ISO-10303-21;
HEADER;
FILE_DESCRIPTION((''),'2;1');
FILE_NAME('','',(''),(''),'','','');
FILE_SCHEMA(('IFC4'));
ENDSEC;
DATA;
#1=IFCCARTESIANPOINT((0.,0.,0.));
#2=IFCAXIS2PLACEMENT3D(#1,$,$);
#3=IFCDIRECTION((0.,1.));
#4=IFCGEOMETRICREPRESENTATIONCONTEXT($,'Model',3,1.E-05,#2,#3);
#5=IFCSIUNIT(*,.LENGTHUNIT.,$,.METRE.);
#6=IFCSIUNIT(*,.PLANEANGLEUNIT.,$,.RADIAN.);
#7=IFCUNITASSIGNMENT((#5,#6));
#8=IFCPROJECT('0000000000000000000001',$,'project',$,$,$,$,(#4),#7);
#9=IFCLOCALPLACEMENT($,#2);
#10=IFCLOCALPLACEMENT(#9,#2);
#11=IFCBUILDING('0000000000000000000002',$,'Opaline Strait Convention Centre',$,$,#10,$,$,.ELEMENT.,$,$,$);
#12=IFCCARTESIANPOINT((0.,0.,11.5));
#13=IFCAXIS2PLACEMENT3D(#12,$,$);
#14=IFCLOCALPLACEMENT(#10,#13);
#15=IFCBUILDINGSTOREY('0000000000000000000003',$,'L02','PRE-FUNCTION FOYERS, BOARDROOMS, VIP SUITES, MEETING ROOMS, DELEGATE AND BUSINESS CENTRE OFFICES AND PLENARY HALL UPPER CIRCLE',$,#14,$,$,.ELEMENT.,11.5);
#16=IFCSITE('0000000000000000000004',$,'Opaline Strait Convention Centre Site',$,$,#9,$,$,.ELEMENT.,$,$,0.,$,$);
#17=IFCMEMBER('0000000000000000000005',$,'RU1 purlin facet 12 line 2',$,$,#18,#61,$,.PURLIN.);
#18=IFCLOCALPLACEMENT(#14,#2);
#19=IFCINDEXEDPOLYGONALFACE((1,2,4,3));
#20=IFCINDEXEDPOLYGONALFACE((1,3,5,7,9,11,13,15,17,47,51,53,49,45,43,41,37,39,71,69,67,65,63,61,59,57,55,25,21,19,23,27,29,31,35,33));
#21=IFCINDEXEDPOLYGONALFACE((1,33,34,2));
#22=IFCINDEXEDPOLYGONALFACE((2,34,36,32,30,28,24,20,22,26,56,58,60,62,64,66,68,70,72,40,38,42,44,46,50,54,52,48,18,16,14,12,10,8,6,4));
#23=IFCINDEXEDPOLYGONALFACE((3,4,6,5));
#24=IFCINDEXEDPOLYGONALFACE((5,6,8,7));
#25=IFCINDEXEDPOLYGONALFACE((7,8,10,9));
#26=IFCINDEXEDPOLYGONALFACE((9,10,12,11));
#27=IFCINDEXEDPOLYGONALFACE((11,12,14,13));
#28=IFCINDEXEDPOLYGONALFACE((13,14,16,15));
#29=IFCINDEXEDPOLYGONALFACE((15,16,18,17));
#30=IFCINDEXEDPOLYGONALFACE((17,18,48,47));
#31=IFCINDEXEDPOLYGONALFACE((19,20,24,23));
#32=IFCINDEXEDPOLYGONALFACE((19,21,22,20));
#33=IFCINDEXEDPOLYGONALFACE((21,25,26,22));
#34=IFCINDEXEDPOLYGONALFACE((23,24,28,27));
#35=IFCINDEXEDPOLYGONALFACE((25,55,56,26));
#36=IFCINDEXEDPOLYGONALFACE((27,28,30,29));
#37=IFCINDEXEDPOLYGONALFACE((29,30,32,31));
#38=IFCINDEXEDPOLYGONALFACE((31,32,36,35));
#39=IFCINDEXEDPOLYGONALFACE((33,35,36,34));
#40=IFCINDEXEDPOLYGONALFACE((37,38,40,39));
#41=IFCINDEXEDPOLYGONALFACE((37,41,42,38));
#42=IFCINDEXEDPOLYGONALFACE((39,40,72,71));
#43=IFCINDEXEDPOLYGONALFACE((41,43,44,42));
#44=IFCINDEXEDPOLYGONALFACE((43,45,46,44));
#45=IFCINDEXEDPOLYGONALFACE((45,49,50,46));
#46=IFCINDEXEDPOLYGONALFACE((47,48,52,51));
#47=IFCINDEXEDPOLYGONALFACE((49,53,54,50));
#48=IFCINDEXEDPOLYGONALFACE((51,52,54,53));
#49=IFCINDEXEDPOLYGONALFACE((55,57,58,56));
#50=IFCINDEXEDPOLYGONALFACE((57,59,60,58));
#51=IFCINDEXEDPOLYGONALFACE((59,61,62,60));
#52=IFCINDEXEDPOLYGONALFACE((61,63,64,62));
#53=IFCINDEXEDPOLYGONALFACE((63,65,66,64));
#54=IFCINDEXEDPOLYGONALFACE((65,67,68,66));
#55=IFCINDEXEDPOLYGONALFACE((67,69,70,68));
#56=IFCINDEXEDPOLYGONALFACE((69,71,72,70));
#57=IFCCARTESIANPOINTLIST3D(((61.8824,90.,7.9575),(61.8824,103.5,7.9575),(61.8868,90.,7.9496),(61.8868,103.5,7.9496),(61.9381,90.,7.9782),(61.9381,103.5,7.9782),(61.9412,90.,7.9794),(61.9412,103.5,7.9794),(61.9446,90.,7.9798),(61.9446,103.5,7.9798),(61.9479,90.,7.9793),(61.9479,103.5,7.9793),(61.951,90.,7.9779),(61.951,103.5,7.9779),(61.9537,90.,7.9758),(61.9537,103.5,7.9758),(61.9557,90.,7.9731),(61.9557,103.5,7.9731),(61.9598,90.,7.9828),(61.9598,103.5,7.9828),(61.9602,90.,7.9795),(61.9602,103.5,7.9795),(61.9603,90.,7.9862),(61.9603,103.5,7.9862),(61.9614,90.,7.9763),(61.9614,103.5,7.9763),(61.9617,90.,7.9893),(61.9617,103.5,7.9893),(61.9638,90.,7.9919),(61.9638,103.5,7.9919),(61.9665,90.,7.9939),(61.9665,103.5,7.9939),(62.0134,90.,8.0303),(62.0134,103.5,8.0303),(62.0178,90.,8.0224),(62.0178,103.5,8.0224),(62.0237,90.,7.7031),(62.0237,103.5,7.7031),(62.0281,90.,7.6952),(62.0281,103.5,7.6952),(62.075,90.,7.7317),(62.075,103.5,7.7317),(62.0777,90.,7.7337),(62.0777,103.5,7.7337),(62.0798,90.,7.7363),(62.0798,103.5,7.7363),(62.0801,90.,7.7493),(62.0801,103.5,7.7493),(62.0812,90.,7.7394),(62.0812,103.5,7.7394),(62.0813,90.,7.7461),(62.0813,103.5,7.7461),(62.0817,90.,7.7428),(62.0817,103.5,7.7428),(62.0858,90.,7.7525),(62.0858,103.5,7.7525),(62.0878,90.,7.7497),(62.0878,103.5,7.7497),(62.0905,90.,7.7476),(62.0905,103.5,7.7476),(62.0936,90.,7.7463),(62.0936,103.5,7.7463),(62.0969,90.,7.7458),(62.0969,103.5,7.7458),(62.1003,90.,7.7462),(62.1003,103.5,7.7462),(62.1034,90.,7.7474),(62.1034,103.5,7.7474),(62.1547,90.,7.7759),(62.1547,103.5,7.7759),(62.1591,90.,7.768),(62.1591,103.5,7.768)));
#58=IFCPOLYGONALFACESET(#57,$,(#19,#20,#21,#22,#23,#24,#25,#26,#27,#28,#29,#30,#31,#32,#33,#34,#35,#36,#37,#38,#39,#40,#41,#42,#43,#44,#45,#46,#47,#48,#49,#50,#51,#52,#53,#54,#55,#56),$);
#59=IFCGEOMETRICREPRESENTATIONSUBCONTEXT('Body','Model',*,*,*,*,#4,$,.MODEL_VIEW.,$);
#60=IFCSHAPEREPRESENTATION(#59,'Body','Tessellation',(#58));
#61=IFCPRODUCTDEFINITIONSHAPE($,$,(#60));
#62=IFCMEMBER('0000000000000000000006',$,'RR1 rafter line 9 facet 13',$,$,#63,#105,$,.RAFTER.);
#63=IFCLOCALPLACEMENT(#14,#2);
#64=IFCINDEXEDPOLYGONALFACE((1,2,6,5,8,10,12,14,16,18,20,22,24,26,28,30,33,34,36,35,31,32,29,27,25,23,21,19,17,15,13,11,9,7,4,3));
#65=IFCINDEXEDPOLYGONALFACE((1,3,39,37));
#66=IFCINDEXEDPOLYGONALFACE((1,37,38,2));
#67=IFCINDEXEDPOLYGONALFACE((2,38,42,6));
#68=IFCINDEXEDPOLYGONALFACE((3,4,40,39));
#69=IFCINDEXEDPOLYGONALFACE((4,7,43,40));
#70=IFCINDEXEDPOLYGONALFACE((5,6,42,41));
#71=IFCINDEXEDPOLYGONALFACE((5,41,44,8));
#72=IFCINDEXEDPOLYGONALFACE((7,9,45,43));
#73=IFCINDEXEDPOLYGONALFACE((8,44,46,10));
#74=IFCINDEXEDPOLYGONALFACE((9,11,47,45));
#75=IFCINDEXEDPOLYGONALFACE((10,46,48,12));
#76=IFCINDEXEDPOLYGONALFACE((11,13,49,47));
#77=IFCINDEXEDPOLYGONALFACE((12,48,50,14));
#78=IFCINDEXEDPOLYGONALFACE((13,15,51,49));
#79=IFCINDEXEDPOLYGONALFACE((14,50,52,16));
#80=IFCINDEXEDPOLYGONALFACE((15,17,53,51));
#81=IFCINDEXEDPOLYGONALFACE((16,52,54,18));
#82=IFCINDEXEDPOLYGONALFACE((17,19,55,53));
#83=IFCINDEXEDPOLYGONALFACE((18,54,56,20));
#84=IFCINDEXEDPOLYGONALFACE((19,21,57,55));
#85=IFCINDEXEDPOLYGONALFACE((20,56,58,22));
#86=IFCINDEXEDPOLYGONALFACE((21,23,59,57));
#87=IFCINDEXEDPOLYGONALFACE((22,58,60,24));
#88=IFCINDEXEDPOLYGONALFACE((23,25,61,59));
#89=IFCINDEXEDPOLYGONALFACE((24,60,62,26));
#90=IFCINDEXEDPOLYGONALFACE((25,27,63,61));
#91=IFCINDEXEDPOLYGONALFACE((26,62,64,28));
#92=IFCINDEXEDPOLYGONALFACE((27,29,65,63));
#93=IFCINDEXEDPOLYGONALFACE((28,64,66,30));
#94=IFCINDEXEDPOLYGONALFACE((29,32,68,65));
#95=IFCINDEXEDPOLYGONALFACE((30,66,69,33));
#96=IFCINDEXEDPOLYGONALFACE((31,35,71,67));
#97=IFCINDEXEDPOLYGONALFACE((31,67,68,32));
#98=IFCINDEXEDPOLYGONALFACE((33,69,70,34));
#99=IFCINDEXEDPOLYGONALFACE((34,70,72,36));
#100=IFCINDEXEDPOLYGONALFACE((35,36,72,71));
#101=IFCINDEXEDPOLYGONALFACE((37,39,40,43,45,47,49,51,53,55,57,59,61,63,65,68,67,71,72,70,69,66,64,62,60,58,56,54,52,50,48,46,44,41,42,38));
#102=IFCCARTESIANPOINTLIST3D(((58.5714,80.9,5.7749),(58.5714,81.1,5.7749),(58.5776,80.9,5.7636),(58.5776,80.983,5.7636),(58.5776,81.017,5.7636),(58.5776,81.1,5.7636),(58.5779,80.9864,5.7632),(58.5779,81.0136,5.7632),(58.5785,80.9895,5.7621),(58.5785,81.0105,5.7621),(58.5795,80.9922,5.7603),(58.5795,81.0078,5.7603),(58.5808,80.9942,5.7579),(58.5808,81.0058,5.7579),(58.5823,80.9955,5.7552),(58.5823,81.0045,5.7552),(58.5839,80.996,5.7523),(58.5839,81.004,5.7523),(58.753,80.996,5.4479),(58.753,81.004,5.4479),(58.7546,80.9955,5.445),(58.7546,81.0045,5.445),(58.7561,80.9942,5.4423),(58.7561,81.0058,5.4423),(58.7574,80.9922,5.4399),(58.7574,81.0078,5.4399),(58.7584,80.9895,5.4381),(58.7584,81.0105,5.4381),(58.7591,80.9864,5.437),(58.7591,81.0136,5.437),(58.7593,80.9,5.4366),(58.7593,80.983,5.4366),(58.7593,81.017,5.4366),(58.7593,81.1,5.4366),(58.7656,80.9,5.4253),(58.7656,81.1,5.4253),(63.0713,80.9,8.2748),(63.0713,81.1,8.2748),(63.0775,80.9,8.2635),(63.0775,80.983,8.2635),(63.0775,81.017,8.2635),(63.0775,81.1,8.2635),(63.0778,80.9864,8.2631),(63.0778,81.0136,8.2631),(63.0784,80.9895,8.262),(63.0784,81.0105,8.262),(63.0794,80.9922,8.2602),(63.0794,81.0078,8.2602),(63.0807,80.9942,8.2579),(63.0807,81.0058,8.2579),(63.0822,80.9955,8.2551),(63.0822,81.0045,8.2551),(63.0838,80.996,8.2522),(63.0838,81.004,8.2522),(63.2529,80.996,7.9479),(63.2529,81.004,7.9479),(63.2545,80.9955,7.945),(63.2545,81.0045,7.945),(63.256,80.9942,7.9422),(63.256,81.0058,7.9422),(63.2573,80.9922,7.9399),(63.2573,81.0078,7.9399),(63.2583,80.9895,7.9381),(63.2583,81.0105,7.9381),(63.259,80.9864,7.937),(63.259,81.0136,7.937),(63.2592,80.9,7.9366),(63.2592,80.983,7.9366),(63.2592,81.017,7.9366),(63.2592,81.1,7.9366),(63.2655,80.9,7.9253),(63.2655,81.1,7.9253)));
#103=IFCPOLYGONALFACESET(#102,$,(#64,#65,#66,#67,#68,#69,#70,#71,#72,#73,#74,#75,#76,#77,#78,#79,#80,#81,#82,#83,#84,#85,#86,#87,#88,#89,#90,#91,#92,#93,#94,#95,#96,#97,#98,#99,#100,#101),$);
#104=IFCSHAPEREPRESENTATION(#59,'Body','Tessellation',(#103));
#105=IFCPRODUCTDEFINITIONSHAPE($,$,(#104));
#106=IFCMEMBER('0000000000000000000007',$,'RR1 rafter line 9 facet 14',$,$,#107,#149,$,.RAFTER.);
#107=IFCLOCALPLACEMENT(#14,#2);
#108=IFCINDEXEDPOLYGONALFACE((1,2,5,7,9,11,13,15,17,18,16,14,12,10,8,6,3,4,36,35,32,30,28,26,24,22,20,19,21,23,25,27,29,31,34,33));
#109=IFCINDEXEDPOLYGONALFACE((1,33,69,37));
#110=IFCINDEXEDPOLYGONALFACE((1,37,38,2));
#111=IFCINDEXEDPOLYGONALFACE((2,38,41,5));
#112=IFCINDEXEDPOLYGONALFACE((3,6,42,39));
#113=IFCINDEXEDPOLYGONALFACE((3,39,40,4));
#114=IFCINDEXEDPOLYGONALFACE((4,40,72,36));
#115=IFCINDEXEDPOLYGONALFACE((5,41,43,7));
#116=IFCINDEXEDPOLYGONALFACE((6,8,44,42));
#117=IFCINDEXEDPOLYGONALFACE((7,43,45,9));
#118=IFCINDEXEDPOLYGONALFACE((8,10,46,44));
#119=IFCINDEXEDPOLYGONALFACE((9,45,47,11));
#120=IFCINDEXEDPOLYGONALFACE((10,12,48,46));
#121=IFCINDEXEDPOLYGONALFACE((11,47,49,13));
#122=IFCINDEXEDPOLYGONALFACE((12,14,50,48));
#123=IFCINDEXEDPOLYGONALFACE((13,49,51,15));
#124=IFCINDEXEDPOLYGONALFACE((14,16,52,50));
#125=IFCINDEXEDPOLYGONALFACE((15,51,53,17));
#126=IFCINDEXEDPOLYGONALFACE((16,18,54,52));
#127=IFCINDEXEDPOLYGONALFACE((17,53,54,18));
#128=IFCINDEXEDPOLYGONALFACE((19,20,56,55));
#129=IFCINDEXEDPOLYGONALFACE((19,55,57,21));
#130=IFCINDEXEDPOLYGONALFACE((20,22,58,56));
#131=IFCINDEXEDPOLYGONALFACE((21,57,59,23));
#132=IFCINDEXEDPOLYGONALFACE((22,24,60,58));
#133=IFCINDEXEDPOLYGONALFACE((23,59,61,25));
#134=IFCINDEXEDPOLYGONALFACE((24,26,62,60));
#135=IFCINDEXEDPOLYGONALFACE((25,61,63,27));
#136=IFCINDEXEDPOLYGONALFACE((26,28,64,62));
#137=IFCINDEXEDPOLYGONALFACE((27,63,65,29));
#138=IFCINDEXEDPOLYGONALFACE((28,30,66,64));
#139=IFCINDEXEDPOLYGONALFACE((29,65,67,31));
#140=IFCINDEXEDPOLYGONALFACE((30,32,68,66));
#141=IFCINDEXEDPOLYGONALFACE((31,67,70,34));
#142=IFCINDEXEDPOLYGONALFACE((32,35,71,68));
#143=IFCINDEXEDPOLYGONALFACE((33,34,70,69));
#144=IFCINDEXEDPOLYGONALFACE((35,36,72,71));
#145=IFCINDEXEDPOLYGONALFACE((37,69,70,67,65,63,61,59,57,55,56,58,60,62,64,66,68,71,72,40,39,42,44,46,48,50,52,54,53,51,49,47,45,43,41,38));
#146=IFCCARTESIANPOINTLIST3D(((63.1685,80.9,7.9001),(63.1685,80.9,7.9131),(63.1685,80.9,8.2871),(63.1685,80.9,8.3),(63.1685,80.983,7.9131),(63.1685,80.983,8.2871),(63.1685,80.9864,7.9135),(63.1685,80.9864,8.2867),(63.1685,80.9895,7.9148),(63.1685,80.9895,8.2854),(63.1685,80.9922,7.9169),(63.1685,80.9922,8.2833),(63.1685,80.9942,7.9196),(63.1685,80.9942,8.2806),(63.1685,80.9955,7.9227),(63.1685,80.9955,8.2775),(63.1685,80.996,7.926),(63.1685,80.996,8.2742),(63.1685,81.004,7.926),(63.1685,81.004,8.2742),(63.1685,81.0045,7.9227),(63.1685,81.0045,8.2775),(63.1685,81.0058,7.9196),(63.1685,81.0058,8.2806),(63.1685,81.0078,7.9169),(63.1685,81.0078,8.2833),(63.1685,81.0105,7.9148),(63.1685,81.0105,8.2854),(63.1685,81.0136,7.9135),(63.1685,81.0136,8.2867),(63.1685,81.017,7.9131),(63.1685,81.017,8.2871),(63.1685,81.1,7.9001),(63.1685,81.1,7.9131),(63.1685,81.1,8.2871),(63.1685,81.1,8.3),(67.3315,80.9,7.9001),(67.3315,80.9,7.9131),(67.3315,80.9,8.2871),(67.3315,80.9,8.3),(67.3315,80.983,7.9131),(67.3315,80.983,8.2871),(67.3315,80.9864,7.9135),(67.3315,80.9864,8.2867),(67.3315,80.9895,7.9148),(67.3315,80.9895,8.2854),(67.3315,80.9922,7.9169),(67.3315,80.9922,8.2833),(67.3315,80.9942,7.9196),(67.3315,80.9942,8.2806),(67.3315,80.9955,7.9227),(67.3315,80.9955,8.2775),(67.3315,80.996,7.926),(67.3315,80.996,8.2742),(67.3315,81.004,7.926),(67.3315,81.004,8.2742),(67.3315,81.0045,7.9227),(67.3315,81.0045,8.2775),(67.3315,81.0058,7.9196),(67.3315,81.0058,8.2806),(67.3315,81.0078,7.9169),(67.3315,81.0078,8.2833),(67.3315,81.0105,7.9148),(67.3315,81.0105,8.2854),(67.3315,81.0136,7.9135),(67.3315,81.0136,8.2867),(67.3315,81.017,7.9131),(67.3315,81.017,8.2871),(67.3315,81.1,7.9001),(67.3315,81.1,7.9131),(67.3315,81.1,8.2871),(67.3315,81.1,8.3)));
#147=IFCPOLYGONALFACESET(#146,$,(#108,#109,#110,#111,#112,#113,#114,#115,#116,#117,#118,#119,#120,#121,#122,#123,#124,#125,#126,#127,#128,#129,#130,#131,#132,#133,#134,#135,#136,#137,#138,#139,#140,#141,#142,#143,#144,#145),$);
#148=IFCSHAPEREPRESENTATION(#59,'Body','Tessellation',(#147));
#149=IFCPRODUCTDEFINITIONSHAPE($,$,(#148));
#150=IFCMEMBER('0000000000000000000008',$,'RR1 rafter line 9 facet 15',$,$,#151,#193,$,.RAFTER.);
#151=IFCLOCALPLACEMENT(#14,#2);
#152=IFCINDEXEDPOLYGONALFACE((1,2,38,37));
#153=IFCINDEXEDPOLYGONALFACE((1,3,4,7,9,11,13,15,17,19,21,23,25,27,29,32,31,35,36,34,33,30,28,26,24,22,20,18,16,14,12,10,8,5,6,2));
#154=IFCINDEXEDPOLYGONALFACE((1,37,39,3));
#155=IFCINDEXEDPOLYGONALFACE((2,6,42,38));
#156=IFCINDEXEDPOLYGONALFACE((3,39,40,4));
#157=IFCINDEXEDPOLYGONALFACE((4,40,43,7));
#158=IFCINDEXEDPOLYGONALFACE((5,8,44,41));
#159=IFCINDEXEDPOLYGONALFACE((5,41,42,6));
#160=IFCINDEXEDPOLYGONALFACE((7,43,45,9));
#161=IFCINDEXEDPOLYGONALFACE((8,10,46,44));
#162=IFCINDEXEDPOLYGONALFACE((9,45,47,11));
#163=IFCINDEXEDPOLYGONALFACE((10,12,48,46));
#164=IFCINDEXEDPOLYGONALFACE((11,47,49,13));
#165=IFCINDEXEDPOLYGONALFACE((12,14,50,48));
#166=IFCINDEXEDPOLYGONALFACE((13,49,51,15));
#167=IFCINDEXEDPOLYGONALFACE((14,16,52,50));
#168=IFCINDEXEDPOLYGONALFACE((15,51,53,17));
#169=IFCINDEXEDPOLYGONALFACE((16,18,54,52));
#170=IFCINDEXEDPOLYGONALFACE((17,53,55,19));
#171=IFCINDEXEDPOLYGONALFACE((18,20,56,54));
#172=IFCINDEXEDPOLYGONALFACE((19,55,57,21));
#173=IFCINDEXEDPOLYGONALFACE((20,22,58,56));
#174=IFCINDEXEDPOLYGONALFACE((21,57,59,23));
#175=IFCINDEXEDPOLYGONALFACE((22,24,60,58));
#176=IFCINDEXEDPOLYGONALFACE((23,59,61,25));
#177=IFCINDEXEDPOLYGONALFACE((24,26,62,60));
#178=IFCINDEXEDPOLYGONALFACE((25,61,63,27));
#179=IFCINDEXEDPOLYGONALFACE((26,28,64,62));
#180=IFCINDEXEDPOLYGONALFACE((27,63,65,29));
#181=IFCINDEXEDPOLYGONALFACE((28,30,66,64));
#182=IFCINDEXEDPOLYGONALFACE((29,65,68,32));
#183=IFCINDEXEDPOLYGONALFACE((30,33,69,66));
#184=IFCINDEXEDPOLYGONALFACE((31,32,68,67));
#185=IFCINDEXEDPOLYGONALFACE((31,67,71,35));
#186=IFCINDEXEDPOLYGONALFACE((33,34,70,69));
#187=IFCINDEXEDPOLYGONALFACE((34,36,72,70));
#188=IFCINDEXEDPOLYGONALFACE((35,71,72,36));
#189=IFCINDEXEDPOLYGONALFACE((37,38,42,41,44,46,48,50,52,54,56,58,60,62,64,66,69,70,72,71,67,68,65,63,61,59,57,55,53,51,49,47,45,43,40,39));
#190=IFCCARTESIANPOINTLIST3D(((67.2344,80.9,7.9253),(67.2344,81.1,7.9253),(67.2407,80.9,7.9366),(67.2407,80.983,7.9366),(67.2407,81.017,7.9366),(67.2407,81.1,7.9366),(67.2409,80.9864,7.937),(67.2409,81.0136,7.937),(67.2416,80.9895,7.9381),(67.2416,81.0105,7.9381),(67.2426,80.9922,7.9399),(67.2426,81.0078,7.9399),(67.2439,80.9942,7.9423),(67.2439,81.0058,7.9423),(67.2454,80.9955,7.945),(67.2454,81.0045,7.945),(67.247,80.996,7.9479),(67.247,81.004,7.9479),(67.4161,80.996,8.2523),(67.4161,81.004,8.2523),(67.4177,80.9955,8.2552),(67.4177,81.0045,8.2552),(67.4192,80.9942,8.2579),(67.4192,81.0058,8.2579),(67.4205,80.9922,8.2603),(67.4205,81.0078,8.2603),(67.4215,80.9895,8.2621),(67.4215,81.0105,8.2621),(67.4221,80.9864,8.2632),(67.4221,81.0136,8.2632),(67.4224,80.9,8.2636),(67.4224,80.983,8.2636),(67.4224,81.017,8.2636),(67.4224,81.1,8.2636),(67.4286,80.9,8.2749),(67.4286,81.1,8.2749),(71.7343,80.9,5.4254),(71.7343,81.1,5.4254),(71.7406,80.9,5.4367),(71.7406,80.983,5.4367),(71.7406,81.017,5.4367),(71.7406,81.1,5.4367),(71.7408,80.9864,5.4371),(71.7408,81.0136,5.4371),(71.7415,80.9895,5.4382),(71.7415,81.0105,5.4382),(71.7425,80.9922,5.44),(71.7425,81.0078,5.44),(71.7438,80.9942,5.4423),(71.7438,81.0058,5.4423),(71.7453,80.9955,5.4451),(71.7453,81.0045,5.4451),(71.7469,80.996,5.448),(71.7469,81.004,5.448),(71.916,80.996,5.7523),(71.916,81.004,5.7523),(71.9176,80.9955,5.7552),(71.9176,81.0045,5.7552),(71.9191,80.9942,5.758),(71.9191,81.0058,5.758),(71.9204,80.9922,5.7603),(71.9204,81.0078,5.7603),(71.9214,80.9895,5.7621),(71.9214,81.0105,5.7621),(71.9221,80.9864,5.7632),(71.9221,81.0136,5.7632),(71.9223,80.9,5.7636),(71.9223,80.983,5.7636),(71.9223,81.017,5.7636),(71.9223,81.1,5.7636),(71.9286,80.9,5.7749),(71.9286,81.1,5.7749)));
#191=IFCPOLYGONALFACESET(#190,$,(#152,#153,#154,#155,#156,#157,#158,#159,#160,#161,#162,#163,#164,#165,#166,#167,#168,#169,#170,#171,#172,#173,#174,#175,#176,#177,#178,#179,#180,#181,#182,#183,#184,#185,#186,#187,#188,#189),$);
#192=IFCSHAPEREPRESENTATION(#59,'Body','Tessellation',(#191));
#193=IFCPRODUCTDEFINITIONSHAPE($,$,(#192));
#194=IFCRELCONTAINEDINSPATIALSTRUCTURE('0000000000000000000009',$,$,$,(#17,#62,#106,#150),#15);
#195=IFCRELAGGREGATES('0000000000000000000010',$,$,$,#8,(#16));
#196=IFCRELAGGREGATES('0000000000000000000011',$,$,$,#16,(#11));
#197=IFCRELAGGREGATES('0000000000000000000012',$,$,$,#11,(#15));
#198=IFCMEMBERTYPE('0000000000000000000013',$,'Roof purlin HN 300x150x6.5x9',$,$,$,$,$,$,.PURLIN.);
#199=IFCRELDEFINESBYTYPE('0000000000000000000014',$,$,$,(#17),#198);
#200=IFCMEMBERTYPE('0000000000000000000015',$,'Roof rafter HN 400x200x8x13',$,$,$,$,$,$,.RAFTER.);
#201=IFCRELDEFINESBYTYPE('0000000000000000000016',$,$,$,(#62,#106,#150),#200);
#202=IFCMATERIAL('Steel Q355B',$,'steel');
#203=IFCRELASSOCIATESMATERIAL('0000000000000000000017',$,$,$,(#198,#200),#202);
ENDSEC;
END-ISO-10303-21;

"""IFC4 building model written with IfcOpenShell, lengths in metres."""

from ifc_helpers import new_model, si_unit, direction, frame, origin, origin_2d, place, context, subcontext, project, spatial, i_section, extrude, material, material_profile, profile_set, type_object, element, save


model = new_model("IFC4")

# Units and contexts
model_context = context("Model", 3, precision=1e-05, world=origin(), true_north=direction((0.0, 1.0)))
body_context = subcontext(model_context, "Body", "Model", "MODEL_VIEW")
ifc_project = project(units=[si_unit("LENGTHUNIT", "METRE"), si_unit("PLANEANGLEUNIT", "RADIAN")], contexts=[model_context])

# Site, building, storey
site_placement = place(None, origin())
site = spatial("IfcSite", under=ifc_project, at=site_placement, Name="Opaline Strait Convention Centre Site", CompositionType="ELEMENT", RefElevation=0.0)
building_placement = place(site_placement, origin())
building = spatial("IfcBuilding", under=site, at=building_placement, Name="Opaline Strait Convention Centre", CompositionType="ELEMENT")
storey_placement = place(building_placement, frame((0.0, 0.0, 11.5)))
storey = spatial("IfcBuildingStorey", under=building, at=storey_placement, Name="L02", Description="PRE-FUNCTION FOYERS, BOARDROOMS, VIP SUITES, MEETING ROOMS, DELEGATE AND BUSINESS CENTRE OFFICES AND PLENARY HALL UPPER CIRCLE", CompositionType="ELEMENT", Elevation=11.5)

# Shared definitions
ifc_material_1 = material(Name="Steel Q355B", Category="steel")

# Members
ifc_material_profile_1 = material_profile(ifc_material_1, i_section(OverallWidth=0.1499, OverallDepth=0.3, WebThickness=0.0066, FlangeThickness=0.009, FilletRadius=0.0129, at=origin_2d()), Name="HN 300x150x6.5x9")
ifc_profile_set_1 = profile_set([ifc_material_profile_1], Name="Steel Q355B")
member_type_1 = type_object("IfcMemberType", Name="Roof purlin HN 300x150x6.5x9", PredefinedType="PURLIN", material=ifc_profile_set_1)
member_1_placement = place(storey_placement, frame((62.0208, 90.0, 7.8628), z_axis=(0.0, 1.0, 0.0), x_axis=(-0.874157, 0.0, -0.485643)))
element("IfcMember", 1, at=member_1_placement, inside=storey, type_object=member_type_1, Name="RU1 purlin facet 12 line 2", PredefinedType="PURLIN", context=body_context, shape_type="SweptSolid", body=[
    extrude(i_section(OverallWidth=0.1499, OverallDepth=0.3, WebThickness=0.0066, FlangeThickness=0.009, FilletRadius=0.0129, at=origin_2d()), origin(), (0.0, 0.0, 1.0), 13.5),
])
ifc_material_profile_2 = material_profile(ifc_material_1, i_section(OverallWidth=0.2, OverallDepth=0.3999, WebThickness=0.0081, FlangeThickness=0.0129, FilletRadius=0.0129, at=origin_2d()), Name="HN 400x200x8x13")
ifc_profile_set_2 = profile_set([ifc_material_profile_2], Name="Steel Q355B")
member_type_2 = type_object("IfcMemberType", Name="Roof rafter HN 400x200x8x13", PredefinedType="RAFTER", material=ifc_profile_set_2)
member_2_placement = place(storey_placement, frame((58.6685, 81.0, 5.6001), z_axis=(0.874157, 0.0, 0.485643), x_axis=(0.0, 1.0, 0.0)))
element("IfcMember", 2, at=member_2_placement, inside=storey, type_object=member_type_2, Name="RR1 rafter line 9 facet 13", PredefinedType="RAFTER", context=body_context, shape_type="SweptSolid", body=[
    extrude(i_section(OverallWidth=0.2, OverallDepth=0.3999, WebThickness=0.0081, FlangeThickness=0.0129, FilletRadius=0.0129, at=origin_2d()), origin(), (0.0, 0.0, 1.0), 5.1477),
])
member_3_placement = place(storey_placement, frame((63.1685, 81.0, 8.1001), z_axis=(1.0, 0.0, 0.0), x_axis=(0.0, 1.0, 0.0)))
element("IfcMember", 3, at=member_3_placement, inside=storey, type_object=member_type_2, Name="RR1 rafter line 9 facet 14", PredefinedType="RAFTER", context=body_context, shape_type="SweptSolid", body=[
    extrude(i_section(OverallWidth=0.2, OverallDepth=0.3999, WebThickness=0.0081, FlangeThickness=0.0129, FilletRadius=0.0129, at=origin_2d()), origin(), (0.0, 0.0, 1.0), 4.1631),
])
for number, where, z_axis, x_axis, name in (
    (4, (67.3315, 81.0, 8.1001), (0.874157, 0.0, -0.485643), (0.0, 1.0, 0.0), "RR1 rafter line 9 facet 15"),
):
    element("IfcMember", number, at=place(storey_placement, frame(where, z_axis=z_axis, x_axis=x_axis)), inside=storey, type_object=member_type_2, Name=name, PredefinedType="RAFTER", context=body_context, shape_type="SweptSolid", body=[
        extrude(i_section(OverallWidth=0.2, OverallDepth=0.3999, WebThickness=0.0081, FlangeThickness=0.0129, FilletRadius=0.0129, at=origin_2d()), origin(), (0.0, 0.0, 1.0), 5.1477),
    ])

save(model, "model.ifc")
